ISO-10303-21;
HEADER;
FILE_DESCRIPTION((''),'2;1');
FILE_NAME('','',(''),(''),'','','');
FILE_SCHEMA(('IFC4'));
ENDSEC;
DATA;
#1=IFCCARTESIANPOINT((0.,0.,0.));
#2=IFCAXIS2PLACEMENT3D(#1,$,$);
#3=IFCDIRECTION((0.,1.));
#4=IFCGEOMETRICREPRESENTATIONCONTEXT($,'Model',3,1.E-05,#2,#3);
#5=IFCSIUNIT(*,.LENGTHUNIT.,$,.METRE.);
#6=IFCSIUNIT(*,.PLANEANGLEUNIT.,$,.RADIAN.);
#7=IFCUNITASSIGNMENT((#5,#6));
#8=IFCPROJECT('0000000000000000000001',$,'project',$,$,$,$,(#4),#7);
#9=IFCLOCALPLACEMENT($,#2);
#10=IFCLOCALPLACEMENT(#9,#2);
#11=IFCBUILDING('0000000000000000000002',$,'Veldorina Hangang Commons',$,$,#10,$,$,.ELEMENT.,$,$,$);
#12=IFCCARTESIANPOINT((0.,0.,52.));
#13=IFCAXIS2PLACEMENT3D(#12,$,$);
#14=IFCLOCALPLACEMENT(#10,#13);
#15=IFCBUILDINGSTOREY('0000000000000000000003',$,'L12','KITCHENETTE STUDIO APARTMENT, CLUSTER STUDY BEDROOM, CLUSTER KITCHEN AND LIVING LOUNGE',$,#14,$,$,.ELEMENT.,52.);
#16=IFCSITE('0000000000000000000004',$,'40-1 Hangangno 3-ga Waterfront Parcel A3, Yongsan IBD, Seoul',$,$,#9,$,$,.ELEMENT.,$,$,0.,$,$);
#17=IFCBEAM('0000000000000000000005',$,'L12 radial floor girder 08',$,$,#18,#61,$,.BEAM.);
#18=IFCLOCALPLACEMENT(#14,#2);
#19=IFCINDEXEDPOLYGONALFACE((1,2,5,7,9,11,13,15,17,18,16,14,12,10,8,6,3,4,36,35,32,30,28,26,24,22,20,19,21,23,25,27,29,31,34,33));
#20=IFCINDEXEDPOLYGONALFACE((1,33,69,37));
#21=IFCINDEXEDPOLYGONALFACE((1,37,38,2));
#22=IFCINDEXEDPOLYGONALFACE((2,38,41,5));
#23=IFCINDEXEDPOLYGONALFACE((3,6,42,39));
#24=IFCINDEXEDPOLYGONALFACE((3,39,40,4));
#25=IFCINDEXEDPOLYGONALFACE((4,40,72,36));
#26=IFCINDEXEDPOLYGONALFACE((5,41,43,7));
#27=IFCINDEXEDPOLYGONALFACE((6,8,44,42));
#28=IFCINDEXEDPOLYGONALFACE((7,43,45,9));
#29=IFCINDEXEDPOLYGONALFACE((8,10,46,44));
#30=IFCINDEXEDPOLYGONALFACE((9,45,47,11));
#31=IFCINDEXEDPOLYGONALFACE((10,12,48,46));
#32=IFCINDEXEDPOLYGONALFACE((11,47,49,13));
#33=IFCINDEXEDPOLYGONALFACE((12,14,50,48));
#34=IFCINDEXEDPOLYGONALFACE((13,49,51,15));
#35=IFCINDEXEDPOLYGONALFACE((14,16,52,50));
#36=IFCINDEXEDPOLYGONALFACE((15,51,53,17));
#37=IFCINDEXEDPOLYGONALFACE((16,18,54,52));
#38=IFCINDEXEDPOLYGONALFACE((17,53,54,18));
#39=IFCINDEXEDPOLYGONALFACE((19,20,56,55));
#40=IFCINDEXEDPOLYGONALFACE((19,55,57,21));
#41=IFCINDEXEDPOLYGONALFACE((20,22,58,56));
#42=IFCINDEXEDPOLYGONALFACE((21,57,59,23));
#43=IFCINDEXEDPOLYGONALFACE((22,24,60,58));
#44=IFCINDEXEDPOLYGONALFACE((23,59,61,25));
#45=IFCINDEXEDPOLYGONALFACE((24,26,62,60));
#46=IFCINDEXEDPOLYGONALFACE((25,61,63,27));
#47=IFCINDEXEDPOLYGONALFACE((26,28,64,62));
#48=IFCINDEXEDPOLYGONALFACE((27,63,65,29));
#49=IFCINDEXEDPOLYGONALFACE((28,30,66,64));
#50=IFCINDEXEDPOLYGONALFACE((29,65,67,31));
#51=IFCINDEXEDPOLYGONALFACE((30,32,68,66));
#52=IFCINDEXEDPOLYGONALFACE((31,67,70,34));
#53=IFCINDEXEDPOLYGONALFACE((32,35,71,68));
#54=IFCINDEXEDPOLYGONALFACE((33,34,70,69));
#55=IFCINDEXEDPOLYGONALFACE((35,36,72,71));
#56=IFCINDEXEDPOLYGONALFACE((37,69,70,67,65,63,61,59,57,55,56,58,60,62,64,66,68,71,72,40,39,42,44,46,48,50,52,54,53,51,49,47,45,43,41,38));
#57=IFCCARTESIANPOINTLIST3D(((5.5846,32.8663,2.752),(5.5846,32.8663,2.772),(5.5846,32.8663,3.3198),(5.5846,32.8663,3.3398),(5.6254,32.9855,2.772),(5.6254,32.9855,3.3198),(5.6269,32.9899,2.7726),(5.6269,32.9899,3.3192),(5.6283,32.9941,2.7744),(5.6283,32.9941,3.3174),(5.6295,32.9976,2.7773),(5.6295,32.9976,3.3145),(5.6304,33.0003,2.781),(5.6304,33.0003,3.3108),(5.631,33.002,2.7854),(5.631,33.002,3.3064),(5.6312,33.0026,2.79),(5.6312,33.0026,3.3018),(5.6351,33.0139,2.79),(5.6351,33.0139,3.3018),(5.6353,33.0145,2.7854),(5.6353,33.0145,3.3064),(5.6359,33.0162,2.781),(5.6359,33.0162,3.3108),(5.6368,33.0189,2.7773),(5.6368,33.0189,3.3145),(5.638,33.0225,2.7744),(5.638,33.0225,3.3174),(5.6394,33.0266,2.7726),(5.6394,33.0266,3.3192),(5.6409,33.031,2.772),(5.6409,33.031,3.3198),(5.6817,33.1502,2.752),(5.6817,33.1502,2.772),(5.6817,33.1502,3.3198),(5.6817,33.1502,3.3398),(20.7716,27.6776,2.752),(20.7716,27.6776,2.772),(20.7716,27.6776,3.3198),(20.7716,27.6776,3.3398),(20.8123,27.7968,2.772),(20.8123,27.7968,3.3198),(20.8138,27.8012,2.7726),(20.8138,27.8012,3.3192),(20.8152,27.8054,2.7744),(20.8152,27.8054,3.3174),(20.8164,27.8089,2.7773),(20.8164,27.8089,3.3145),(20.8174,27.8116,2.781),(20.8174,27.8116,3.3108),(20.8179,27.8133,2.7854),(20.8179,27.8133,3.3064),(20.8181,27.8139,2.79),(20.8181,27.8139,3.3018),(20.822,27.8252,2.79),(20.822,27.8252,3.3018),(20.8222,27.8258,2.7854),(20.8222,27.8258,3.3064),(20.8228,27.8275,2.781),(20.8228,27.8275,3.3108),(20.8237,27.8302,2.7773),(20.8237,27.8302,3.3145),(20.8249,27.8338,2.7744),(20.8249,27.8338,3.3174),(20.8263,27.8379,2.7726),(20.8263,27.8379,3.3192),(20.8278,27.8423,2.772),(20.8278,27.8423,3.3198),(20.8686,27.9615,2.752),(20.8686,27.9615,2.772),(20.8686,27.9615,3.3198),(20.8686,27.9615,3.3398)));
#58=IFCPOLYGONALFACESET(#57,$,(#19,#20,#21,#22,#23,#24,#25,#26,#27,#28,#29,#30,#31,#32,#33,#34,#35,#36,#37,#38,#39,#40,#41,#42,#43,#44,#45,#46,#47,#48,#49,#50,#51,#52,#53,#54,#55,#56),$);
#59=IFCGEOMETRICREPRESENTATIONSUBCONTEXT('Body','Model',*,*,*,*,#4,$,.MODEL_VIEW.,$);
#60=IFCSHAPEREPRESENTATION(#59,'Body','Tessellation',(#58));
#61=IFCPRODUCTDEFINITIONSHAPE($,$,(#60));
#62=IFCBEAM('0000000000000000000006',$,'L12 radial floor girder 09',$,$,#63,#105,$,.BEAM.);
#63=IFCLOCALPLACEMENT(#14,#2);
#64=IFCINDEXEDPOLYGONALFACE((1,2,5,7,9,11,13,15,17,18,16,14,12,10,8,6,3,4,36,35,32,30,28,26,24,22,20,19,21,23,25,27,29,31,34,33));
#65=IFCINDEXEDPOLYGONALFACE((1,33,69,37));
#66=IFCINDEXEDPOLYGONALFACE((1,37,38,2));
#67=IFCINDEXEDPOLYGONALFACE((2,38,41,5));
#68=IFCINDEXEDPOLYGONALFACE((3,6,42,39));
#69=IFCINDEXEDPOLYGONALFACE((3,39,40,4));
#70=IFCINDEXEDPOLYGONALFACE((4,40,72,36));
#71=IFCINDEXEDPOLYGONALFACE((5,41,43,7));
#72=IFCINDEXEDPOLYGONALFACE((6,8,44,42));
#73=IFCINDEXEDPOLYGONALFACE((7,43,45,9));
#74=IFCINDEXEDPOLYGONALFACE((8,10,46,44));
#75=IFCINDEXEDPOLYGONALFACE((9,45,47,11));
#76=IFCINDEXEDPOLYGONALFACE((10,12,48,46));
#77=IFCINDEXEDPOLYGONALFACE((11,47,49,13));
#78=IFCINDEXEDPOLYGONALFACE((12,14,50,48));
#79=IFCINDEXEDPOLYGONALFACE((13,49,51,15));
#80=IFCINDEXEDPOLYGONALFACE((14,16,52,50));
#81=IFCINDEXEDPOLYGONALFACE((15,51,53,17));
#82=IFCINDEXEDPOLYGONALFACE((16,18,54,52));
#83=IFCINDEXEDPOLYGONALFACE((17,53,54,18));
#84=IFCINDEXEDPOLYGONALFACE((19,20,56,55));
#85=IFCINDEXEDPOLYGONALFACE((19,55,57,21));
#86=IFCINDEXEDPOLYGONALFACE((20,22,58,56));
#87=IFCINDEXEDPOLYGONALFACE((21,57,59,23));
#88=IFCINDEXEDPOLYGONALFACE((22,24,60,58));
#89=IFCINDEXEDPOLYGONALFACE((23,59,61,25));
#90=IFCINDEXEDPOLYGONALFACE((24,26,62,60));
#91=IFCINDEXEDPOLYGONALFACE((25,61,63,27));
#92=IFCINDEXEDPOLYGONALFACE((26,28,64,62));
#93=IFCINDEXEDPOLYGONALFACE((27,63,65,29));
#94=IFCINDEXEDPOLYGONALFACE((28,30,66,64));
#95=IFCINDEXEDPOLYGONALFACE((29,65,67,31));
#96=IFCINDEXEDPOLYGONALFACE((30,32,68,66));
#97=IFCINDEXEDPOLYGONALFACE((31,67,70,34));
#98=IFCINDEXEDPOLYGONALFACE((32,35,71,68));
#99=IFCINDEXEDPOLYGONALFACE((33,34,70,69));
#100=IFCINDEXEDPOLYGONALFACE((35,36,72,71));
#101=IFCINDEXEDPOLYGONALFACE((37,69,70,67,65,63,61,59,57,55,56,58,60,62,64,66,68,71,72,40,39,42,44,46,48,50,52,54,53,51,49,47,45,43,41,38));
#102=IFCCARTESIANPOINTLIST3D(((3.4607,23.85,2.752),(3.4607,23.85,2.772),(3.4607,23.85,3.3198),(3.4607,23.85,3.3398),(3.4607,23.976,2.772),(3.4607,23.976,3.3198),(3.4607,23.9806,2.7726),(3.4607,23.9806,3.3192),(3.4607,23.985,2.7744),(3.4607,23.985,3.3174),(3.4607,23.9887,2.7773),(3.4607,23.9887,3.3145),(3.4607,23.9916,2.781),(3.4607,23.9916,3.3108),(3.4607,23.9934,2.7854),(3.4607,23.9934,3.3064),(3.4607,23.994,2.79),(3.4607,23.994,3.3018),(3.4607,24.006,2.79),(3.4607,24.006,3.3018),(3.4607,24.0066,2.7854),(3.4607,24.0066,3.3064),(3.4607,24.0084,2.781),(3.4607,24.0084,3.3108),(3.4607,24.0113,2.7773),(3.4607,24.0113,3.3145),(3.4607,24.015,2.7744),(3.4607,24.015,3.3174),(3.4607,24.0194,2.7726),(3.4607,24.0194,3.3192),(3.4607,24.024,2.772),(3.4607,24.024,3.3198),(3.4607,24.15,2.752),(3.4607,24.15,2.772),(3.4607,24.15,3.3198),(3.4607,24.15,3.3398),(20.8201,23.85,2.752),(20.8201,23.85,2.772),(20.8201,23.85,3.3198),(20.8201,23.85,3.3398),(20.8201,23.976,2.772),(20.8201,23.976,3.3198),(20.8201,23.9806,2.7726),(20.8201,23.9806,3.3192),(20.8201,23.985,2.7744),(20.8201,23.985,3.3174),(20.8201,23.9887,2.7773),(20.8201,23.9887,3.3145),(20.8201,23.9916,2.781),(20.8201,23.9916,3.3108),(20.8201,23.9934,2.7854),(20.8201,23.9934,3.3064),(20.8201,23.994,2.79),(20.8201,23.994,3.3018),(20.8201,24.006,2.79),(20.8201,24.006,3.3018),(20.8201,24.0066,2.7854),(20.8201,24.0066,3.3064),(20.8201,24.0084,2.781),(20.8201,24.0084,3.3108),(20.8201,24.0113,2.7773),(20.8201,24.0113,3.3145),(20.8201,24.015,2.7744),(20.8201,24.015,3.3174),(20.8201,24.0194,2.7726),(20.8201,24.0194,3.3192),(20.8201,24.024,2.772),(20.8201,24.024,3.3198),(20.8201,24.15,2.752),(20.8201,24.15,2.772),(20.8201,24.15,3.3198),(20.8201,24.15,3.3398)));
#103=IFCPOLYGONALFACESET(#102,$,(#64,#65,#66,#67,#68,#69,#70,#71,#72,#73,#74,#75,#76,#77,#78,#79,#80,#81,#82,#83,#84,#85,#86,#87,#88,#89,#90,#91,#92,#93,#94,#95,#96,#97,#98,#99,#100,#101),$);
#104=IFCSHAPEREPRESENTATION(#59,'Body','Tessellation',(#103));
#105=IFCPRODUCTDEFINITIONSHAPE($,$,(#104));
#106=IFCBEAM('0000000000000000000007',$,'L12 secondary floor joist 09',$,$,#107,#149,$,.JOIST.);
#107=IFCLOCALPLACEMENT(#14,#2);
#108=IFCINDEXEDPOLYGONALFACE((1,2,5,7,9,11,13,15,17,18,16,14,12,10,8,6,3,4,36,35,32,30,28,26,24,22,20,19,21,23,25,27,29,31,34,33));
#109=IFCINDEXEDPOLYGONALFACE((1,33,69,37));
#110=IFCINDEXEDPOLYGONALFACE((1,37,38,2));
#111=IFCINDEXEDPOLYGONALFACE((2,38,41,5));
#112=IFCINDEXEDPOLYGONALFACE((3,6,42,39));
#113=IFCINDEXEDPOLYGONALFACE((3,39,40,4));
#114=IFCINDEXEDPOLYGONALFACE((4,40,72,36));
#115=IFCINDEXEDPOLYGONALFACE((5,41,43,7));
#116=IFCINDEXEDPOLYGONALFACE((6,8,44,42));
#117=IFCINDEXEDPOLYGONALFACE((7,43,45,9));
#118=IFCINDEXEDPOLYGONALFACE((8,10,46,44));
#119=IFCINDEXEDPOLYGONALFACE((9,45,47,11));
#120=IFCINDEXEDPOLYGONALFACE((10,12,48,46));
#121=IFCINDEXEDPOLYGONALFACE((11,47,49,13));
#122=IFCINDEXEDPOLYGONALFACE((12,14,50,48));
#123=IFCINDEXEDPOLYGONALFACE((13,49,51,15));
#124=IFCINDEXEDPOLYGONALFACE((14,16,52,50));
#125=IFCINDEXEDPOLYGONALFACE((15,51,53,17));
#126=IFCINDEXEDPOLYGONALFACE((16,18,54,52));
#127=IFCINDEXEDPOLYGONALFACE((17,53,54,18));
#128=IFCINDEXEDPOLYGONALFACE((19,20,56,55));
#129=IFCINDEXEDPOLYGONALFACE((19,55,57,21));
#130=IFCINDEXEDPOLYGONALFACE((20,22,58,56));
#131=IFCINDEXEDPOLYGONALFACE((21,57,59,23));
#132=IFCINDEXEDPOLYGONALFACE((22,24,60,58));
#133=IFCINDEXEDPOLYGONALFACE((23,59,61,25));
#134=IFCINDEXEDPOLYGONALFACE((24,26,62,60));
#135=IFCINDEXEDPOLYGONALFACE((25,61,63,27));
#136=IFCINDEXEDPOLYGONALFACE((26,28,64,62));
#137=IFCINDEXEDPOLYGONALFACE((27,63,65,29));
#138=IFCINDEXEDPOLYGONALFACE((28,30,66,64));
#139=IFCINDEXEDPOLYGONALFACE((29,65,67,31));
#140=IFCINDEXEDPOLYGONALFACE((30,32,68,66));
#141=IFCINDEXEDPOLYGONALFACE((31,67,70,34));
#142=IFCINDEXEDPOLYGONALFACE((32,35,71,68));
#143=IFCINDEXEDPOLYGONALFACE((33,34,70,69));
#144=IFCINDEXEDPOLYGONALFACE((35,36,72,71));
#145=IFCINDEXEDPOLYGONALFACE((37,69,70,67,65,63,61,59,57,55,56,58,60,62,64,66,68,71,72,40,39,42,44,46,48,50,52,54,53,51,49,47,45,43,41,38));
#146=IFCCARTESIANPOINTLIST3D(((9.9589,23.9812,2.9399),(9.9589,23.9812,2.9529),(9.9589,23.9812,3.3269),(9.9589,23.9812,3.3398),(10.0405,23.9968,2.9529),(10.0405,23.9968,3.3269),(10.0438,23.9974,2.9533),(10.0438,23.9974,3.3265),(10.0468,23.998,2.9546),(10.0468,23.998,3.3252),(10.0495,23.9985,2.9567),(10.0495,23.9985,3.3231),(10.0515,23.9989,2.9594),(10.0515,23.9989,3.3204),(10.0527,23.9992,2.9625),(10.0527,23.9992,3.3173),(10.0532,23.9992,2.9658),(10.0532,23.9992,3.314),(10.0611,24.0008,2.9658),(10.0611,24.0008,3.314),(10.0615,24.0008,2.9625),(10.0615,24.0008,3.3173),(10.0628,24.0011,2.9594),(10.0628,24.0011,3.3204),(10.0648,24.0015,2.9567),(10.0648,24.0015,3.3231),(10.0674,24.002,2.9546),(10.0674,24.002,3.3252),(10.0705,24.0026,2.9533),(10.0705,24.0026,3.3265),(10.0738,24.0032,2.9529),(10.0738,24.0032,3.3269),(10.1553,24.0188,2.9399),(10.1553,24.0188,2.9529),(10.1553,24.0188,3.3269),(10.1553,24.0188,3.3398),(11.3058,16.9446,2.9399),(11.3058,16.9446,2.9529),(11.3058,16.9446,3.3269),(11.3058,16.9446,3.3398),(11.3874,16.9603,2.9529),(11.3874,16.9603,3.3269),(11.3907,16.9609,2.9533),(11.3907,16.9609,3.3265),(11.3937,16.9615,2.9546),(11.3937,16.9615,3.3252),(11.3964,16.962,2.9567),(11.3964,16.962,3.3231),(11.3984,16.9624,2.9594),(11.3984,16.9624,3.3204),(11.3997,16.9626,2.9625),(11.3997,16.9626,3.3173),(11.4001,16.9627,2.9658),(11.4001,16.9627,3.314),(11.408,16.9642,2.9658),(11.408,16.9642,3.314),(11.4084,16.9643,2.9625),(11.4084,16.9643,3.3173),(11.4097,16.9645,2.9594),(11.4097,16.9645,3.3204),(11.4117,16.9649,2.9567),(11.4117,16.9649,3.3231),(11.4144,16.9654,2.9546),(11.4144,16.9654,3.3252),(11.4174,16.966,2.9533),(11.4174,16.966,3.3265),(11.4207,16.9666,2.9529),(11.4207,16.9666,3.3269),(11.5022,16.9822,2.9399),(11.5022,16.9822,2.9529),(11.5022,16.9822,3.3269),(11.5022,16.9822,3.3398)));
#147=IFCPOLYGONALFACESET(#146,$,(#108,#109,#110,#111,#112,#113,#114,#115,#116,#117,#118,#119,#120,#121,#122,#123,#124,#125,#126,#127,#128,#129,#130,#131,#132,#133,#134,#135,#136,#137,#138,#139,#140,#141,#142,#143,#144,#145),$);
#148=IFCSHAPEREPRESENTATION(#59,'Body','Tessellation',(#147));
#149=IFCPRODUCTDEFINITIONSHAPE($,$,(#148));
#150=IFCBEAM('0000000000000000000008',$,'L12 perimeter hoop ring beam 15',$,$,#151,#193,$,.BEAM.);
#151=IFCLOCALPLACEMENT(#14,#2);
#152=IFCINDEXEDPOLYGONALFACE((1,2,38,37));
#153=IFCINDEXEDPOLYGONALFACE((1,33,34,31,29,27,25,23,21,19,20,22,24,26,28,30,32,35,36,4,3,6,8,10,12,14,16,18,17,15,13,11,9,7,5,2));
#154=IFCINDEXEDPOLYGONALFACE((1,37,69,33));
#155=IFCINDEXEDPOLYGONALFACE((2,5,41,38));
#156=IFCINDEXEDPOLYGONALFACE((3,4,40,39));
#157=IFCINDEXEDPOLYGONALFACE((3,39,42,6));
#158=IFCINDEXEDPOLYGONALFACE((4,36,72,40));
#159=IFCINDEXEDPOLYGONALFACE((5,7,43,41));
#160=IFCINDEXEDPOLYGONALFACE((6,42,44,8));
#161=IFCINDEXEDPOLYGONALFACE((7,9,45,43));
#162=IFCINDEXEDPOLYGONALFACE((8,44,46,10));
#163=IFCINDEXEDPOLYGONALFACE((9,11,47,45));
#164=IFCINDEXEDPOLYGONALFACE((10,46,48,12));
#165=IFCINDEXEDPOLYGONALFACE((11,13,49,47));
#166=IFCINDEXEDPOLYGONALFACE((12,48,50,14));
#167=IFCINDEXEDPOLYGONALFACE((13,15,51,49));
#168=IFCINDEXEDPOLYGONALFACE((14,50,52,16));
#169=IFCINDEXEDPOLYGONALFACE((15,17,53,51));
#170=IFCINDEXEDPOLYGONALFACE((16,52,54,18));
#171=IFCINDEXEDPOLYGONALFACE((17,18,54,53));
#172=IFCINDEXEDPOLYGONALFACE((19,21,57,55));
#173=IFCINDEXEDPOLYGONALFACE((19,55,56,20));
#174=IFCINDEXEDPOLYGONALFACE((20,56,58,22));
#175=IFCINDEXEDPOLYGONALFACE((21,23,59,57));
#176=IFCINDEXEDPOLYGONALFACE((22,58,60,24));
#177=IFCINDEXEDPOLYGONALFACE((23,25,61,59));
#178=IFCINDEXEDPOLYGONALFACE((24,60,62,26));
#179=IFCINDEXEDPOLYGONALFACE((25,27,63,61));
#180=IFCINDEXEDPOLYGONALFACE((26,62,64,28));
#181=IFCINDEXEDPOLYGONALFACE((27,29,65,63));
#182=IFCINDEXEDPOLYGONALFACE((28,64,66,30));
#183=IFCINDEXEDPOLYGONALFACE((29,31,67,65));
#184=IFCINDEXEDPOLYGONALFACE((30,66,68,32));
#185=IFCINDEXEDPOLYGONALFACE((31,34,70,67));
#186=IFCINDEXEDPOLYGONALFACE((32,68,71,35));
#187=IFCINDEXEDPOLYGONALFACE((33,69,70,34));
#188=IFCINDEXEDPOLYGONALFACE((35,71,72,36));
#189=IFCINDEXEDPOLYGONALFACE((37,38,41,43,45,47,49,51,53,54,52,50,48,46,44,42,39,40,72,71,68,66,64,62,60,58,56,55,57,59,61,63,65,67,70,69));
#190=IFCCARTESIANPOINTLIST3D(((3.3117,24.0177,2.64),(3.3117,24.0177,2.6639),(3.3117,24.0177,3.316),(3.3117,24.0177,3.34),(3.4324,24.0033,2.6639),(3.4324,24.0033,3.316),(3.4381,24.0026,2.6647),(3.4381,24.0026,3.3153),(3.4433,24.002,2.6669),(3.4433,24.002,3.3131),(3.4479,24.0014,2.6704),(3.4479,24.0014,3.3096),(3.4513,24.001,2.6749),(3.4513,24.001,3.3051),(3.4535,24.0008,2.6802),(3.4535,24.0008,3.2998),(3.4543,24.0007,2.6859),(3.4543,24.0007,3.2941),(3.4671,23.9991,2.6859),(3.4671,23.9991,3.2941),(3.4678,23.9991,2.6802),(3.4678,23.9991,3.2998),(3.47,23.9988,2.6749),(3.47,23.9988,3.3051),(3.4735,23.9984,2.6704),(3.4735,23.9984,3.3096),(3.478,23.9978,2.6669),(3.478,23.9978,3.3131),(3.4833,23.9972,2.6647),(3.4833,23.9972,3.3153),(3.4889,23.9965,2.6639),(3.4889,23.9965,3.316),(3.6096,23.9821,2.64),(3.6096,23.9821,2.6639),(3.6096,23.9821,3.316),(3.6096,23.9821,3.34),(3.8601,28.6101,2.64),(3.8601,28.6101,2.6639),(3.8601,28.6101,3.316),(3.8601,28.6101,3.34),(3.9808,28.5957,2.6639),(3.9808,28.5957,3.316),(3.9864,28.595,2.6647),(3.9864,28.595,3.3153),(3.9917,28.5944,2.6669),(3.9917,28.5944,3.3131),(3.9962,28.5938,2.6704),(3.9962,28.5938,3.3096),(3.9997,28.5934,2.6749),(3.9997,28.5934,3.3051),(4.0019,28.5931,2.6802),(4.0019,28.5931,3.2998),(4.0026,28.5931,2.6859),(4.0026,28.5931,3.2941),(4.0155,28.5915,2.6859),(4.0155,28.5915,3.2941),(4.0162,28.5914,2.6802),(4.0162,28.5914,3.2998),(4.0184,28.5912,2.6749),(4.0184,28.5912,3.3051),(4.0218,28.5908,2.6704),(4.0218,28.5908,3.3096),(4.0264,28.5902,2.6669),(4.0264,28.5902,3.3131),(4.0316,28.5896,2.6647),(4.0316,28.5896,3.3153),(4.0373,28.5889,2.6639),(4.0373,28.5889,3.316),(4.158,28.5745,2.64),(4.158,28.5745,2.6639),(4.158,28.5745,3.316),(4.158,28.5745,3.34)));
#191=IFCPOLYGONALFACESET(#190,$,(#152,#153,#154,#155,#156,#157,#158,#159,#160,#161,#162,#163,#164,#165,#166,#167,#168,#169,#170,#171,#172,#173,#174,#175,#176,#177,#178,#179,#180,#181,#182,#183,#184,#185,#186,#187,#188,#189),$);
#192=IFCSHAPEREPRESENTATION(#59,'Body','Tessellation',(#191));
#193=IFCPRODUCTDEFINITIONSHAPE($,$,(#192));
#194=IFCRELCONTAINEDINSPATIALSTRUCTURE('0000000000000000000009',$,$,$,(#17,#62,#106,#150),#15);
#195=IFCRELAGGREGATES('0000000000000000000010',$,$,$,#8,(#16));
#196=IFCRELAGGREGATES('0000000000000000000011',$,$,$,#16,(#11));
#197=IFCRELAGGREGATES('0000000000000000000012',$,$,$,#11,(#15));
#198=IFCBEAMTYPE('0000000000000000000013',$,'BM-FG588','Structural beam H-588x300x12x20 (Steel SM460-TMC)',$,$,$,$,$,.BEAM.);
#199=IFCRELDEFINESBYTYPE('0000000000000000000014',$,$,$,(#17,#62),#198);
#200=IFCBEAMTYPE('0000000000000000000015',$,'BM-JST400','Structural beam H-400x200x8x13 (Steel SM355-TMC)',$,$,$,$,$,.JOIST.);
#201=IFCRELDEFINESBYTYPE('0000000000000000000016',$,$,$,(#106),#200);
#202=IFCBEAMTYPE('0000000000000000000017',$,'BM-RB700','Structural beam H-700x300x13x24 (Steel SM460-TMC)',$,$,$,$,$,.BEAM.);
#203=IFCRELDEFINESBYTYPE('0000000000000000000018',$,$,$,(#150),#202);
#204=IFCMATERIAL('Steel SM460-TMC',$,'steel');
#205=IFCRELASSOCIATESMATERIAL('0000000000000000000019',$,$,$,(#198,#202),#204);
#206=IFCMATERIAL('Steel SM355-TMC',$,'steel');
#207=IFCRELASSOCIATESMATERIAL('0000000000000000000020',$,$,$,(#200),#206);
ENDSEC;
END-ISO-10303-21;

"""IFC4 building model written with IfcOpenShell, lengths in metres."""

from ifc_helpers import new_model, si_unit, direction, frame, origin, origin_2d, place, context, subcontext, project, spatial, i_section, extrude, material, material_profile, profile_set, type_object, element, save


model = new_model("IFC4")

# Units and contexts
model_context = context("Model", 3, precision=1e-05, world=origin(), true_north=direction((0.0, 1.0)))
body_context = subcontext(model_context, "Body", "Model", "MODEL_VIEW")
ifc_project = project(units=[si_unit("LENGTHUNIT", "METRE"), si_unit("PLANEANGLEUNIT", "RADIAN")], contexts=[model_context])

# Site, building, storey
site_placement = place(None, origin())
site = spatial("IfcSite", under=ifc_project, at=site_placement, Name="40-1 Hangangno 3-ga Waterfront Parcel A3, Yongsan IBD, Seoul", CompositionType="ELEMENT", RefElevation=0.0)
building_placement = place(site_placement, origin())
building = spatial("IfcBuilding", under=site, at=building_placement, Name="Veldorina Hangang Commons", CompositionType="ELEMENT")
storey_placement = place(building_placement, frame((0.0, 0.0, 52.0)))
storey = spatial("IfcBuildingStorey", under=building, at=storey_placement, Name="L12", Description="KITCHENETTE STUDIO APARTMENT, CLUSTER STUDY BEDROOM, CLUSTER KITCHEN AND LIVING LOUNGE", CompositionType="ELEMENT", Elevation=52.0)

# Beams
ifc_material_1 = material(Name="Steel SM460-TMC", Category="steel")
ifc_material_profile_1 = material_profile(ifc_material_1, i_section(OverallWidth=0.3, OverallDepth=0.5879, WebThickness=0.012, FlangeThickness=0.02, FilletRadius=0.0181, at=origin_2d()), Name="H-588x300x12x20")
ifc_profile_set_1 = profile_set([ifc_material_profile_1], Name="Steel SM460-TMC")
beam_type_1 = type_object("IfcBeamType", Name="BM-FG588", Description="Structural beam H-588x300x12x20 (Steel SM460-TMC)", PredefinedType="BEAM", material=ifc_profile_set_1)
beam_1_placement = place(storey_placement, frame((20.8201, 27.8196, 3.0459), z_axis=(-0.946294, 0.323306, 0.0), x_axis=(-0.323306, -0.946294, 0.0)))
element("IfcBeam", 1, at=beam_1_placement, inside=storey, type_object=beam_type_1, Name="L12 radial floor girder 08", PredefinedType="BEAM", context=body_context, shape_type="SweptSolid", body=[
    extrude(i_section(OverallWidth=0.3, OverallDepth=0.5879, WebThickness=0.012, FlangeThickness=0.02, FilletRadius=0.0181, at=origin_2d()), origin(), (0.0, 0.0, 1.0), 16.0488),
])
beam_2_placement = place(storey_placement, frame((20.8201, 24.0, 3.0459), z_axis=(-1.0, 0.0, 0.0), x_axis=(0.0, -1.0, 0.0)))
element("IfcBeam", 2, at=beam_2_placement, inside=storey, type_object=beam_type_1, Name="L12 radial floor girder 09", PredefinedType="BEAM", context=body_context, shape_type="SweptSolid", body=[
    extrude(i_section(OverallWidth=0.3, OverallDepth=0.5879, WebThickness=0.012, FlangeThickness=0.02, FilletRadius=0.0181, at=origin_2d()), origin(), (0.0, 0.0, 1.0), 17.3594),
])
ifc_material_2 = material(Name="Steel SM355-TMC", Category="steel")
ifc_material_profile_2 = material_profile(ifc_material_2, i_section(OverallWidth=0.2, OverallDepth=0.3999, WebThickness=0.0081, FlangeThickness=0.0129, FilletRadius=0.0129, at=origin_2d()), Name="H-400x200x8x13")
ifc_profile_set_2 = profile_set([ifc_material_profile_2], Name="Steel SM355-TMC")
beam_type_2 = type_object("IfcBeamType", Name="BM-JST400", Description="Structural beam H-400x200x8x13 (Steel SM355-TMC)", PredefinedType="JOIST", material=ifc_profile_set_2)
beam_3_placement = place(storey_placement, frame((10.0571, 24.0, 3.1399), z_axis=(0.188003, -0.982168, 0.0), x_axis=(0.982168, 0.188003, 0.0)))
element("IfcBeam", 3, at=beam_3_placement, inside=storey, type_object=beam_type_2, Name="L12 secondary floor joist 09", PredefinedType="JOIST", context=body_context, shape_type="SweptSolid", body=[
    extrude(i_section(OverallWidth=0.2, OverallDepth=0.3999, WebThickness=0.0081, FlangeThickness=0.0129, FilletRadius=0.0129, at=origin_2d()), origin(), (0.0, 0.0, 1.0), 7.1643),
])
ifc_material_profile_3 = material_profile(ifc_material_1, i_section(OverallWidth=0.3, OverallDepth=0.7, WebThickness=0.0129, FlangeThickness=0.0239, FilletRadius=0.022, at=origin_2d()), Name="H-700x300x13x24")
ifc_profile_set_3 = profile_set([ifc_material_profile_3], Name="Steel SM460-TMC")
beam_type_3 = type_object("IfcBeamType", Name="BM-RB700", Description="Structural beam H-700x300x13x24 (Steel SM460-TMC)", PredefinedType="BEAM", material=ifc_profile_set_3)
for number, where, z_axis, x_axis, name in (
    (4, (4.009, 28.5923, 2.99), (-0.118562, -0.992947, 0.0), (0.992947, -0.118562, 0.0), "L12 perimeter hoop ring beam 15"),
):
    element("IfcBeam", number, at=place(storey_placement, frame(where, z_axis=z_axis, x_axis=x_axis)), inside=storey, type_object=beam_type_3, Name=name, PredefinedType="BEAM", context=body_context, shape_type="SweptSolid", body=[
        extrude(i_section(OverallWidth=0.3, OverallDepth=0.7, WebThickness=0.0129, FlangeThickness=0.0239, FilletRadius=0.022, at=origin_2d()), origin(), (0.0, 0.0, 1.0), 4.625),
    ])

save(model, "model.ifc")
